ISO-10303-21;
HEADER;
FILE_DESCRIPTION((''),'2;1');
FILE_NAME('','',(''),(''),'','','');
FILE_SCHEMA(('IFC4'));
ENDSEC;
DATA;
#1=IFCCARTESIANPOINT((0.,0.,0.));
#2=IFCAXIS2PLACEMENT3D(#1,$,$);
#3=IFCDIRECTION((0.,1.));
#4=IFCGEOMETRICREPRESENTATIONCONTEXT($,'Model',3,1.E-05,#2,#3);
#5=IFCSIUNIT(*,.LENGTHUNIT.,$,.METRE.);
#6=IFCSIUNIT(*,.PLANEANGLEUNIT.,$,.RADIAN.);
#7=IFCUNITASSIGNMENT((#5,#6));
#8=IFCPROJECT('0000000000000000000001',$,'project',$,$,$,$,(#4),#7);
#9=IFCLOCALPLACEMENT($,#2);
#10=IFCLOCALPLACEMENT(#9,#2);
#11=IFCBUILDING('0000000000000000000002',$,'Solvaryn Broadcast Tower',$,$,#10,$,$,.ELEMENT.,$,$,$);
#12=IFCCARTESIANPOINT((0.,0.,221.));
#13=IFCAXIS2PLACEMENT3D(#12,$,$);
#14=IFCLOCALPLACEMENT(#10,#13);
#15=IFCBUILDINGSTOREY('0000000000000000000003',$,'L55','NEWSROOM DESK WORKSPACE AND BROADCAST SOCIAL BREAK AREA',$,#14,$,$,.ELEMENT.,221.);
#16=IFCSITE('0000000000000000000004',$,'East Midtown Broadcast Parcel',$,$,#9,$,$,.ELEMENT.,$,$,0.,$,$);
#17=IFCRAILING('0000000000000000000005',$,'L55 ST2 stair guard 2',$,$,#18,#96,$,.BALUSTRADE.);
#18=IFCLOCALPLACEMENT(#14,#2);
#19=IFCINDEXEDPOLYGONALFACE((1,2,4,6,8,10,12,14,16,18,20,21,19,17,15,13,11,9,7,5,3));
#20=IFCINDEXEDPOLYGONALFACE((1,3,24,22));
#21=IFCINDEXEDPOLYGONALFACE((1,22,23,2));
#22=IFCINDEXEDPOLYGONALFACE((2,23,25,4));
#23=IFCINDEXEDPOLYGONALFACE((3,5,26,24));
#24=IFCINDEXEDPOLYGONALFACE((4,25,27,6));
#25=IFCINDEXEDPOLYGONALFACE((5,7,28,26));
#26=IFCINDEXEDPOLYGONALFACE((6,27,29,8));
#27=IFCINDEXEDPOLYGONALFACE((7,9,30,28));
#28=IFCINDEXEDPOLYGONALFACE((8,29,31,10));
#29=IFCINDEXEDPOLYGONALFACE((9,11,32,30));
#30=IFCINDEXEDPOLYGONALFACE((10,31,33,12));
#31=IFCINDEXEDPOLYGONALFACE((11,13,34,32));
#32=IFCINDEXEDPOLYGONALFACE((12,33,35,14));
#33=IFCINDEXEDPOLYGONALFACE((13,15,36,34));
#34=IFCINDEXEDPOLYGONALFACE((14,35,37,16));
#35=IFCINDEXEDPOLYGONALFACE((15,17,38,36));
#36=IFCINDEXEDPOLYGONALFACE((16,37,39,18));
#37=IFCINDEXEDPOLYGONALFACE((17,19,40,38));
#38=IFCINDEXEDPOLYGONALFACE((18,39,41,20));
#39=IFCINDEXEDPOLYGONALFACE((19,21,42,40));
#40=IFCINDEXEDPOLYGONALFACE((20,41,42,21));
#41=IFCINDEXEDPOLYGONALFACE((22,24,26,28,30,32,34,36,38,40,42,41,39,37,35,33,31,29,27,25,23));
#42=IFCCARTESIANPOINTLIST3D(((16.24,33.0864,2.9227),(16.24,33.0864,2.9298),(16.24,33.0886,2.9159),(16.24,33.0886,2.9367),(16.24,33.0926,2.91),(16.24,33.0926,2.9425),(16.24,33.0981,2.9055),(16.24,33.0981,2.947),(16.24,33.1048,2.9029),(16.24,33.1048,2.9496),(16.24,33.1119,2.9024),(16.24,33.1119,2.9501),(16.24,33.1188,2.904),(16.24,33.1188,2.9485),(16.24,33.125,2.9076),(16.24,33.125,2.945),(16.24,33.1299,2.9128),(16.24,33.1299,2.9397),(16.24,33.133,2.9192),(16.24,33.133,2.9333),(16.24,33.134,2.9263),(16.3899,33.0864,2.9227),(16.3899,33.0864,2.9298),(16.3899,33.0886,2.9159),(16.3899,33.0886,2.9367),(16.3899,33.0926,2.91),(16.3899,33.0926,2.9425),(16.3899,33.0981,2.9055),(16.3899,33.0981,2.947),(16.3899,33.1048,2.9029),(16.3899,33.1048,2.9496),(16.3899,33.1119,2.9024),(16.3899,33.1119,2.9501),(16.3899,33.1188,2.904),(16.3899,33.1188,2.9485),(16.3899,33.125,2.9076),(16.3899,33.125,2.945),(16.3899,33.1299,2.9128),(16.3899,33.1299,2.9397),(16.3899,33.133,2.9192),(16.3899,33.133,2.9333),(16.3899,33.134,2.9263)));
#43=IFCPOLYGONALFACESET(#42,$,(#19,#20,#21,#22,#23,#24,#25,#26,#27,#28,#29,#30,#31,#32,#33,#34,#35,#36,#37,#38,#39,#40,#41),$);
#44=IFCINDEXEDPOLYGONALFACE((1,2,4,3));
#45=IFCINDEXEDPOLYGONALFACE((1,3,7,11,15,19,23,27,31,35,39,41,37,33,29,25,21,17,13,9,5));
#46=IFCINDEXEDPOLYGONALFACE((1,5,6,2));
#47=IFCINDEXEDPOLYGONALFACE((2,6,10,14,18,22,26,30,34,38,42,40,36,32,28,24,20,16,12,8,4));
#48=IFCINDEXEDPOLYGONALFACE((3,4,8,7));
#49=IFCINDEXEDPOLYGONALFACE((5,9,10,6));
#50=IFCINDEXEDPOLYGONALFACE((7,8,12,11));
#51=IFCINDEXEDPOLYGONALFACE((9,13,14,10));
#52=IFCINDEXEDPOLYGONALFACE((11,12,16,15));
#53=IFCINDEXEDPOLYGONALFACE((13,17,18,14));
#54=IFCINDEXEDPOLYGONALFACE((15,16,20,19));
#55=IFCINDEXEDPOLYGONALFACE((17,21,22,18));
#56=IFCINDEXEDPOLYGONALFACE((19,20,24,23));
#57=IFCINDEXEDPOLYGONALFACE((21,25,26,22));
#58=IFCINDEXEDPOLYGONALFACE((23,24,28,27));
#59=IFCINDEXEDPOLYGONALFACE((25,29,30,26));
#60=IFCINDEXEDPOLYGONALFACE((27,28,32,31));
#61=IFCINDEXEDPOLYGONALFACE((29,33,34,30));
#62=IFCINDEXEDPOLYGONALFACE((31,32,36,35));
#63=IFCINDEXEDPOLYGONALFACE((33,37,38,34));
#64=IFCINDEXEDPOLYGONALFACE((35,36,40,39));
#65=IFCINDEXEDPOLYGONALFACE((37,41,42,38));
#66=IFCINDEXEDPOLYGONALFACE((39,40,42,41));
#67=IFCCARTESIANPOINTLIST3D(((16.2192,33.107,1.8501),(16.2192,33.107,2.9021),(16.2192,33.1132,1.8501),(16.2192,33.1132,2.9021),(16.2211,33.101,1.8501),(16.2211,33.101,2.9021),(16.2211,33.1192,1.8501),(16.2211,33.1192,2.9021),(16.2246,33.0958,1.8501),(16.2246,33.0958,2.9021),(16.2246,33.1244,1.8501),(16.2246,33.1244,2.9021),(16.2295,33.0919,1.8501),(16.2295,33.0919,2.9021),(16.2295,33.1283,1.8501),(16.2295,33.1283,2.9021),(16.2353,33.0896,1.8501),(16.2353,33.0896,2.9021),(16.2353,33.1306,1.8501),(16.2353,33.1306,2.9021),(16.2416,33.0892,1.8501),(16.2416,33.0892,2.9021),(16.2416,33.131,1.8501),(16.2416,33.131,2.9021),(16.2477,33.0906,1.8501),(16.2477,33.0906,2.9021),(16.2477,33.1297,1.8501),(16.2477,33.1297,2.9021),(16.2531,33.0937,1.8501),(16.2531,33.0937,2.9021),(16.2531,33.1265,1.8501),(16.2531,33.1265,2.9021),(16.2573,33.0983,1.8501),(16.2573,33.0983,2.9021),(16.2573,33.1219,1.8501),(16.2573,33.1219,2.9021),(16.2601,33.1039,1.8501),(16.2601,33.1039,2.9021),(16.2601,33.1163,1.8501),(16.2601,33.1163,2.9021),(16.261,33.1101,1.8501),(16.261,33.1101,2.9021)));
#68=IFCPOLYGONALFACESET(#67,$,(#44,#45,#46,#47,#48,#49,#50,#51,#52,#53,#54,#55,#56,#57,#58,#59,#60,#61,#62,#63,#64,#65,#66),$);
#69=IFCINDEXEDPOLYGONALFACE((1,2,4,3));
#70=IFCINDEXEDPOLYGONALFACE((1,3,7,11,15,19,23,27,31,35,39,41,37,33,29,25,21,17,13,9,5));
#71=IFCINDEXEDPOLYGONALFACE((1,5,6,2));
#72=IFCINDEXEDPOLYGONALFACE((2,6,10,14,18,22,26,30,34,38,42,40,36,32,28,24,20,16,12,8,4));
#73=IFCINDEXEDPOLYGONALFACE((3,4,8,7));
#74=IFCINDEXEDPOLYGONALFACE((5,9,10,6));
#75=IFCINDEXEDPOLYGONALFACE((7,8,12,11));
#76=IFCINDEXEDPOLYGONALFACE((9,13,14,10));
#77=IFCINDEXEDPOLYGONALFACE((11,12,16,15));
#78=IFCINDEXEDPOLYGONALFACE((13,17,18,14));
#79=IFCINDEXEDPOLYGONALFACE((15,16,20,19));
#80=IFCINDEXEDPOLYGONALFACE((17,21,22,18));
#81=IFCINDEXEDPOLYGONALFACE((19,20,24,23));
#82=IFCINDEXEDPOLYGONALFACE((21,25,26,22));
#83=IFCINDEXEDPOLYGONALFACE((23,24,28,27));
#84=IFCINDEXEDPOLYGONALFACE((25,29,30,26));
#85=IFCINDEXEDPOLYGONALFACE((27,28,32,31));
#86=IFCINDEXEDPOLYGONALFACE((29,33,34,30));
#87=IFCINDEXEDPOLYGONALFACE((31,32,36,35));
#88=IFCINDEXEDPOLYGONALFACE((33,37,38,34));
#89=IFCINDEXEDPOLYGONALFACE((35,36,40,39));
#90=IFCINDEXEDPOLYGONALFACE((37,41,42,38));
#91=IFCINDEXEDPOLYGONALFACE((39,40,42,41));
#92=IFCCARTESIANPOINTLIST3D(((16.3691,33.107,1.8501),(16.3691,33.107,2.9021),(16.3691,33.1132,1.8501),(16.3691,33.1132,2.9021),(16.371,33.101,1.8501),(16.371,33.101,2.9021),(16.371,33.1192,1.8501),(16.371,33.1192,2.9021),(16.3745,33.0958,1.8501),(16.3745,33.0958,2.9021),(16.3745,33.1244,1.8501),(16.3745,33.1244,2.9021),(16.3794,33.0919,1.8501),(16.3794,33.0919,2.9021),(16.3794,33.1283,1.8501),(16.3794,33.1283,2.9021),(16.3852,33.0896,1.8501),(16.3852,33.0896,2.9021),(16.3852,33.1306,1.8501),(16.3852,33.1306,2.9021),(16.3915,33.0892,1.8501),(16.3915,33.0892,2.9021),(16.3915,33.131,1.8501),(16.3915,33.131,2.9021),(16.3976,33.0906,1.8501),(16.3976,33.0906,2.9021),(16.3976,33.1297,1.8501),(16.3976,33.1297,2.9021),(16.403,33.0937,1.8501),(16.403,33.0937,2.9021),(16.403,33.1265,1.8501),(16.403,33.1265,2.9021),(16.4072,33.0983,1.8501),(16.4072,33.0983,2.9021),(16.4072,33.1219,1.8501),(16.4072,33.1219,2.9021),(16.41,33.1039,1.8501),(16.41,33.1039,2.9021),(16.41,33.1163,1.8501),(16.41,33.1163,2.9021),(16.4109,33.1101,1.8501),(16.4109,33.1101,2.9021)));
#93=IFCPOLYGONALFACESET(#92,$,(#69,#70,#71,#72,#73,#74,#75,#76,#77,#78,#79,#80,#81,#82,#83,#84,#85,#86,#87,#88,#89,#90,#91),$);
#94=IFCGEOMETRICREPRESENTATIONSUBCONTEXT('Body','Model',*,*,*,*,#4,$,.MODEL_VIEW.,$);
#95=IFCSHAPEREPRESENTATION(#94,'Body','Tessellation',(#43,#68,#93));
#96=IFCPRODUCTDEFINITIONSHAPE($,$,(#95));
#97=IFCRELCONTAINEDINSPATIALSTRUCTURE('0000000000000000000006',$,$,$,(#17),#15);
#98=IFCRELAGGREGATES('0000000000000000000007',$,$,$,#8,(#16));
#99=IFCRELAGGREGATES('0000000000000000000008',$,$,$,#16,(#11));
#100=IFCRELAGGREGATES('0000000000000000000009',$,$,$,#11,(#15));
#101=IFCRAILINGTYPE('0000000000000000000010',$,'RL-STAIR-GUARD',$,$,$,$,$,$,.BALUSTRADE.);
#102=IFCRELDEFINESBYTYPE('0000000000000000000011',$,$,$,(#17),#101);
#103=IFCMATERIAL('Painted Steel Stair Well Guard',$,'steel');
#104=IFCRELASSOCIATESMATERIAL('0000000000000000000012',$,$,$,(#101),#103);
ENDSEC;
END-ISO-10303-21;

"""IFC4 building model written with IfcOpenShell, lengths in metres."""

from ifc_helpers import new_model, si_unit, direction, frame, origin, origin_2d, place, context, subcontext, project, spatial, circle, extrude, material, type_object, element, save


model = new_model("IFC4")

# Units and contexts
model_context = context("Model", 3, precision=1e-05, world=origin(), true_north=direction((0.0, 1.0)))
body_context = subcontext(model_context, "Body", "Model", "MODEL_VIEW")
ifc_project = project(units=[si_unit("LENGTHUNIT", "METRE"), si_unit("PLANEANGLEUNIT", "RADIAN")], contexts=[model_context])

# Site, building, storey
site_placement = place(None, origin())
site = spatial("IfcSite", under=ifc_project, at=site_placement, Name="East Midtown Broadcast Parcel", CompositionType="ELEMENT", RefElevation=0.0)
building_placement = place(site_placement, origin())
building = spatial("IfcBuilding", under=site, at=building_placement, Name="Solvaryn Broadcast Tower", CompositionType="ELEMENT")
storey_placement = place(building_placement, frame((0.0, 0.0, 221.0)))
storey = spatial("IfcBuildingStorey", under=building, at=storey_placement, Name="L55", Description="NEWSROOM DESK WORKSPACE AND BROADCAST SOCIAL BREAK AREA", CompositionType="ELEMENT", Elevation=221.0)

# Railing
ifc_material_1 = material(Name="Painted Steel Stair Well Guard", Category="steel")
railing_type_1 = type_object("IfcRailingType", Name="RL-STAIR-GUARD", PredefinedType="BALUSTRADE", material=ifc_material_1)
railing_1_placement = place(storey_placement, frame((16.24, 33.1101, 1.8501)))
element("IfcRailing", 1, at=railing_1_placement, inside=storey, type_object=railing_type_1, Name="L55 ST2 stair guard 2", PredefinedType="BALUSTRADE", context=body_context, shape_type="SweptSolid", body=[
    extrude(circle(Radius=0.0239, at=origin_2d()), frame((0.0, 0.0, 1.0762), z_axis=(1.0, 0.0, 0.0), x_axis=(0.0, 1.0, 0.0)), (0.0, 0.0, 1.0), 0.1499),
    extrude(circle(Radius=0.021, at=origin_2d()), origin(), (0.0, 0.0, 1.0), 1.052),
    extrude(circle(Radius=0.021, at=origin_2d()), frame((0.1499, 0.0, 0.0)), (0.0, 0.0, 1.0), 1.052),
])

save(model, "model.ifc")
